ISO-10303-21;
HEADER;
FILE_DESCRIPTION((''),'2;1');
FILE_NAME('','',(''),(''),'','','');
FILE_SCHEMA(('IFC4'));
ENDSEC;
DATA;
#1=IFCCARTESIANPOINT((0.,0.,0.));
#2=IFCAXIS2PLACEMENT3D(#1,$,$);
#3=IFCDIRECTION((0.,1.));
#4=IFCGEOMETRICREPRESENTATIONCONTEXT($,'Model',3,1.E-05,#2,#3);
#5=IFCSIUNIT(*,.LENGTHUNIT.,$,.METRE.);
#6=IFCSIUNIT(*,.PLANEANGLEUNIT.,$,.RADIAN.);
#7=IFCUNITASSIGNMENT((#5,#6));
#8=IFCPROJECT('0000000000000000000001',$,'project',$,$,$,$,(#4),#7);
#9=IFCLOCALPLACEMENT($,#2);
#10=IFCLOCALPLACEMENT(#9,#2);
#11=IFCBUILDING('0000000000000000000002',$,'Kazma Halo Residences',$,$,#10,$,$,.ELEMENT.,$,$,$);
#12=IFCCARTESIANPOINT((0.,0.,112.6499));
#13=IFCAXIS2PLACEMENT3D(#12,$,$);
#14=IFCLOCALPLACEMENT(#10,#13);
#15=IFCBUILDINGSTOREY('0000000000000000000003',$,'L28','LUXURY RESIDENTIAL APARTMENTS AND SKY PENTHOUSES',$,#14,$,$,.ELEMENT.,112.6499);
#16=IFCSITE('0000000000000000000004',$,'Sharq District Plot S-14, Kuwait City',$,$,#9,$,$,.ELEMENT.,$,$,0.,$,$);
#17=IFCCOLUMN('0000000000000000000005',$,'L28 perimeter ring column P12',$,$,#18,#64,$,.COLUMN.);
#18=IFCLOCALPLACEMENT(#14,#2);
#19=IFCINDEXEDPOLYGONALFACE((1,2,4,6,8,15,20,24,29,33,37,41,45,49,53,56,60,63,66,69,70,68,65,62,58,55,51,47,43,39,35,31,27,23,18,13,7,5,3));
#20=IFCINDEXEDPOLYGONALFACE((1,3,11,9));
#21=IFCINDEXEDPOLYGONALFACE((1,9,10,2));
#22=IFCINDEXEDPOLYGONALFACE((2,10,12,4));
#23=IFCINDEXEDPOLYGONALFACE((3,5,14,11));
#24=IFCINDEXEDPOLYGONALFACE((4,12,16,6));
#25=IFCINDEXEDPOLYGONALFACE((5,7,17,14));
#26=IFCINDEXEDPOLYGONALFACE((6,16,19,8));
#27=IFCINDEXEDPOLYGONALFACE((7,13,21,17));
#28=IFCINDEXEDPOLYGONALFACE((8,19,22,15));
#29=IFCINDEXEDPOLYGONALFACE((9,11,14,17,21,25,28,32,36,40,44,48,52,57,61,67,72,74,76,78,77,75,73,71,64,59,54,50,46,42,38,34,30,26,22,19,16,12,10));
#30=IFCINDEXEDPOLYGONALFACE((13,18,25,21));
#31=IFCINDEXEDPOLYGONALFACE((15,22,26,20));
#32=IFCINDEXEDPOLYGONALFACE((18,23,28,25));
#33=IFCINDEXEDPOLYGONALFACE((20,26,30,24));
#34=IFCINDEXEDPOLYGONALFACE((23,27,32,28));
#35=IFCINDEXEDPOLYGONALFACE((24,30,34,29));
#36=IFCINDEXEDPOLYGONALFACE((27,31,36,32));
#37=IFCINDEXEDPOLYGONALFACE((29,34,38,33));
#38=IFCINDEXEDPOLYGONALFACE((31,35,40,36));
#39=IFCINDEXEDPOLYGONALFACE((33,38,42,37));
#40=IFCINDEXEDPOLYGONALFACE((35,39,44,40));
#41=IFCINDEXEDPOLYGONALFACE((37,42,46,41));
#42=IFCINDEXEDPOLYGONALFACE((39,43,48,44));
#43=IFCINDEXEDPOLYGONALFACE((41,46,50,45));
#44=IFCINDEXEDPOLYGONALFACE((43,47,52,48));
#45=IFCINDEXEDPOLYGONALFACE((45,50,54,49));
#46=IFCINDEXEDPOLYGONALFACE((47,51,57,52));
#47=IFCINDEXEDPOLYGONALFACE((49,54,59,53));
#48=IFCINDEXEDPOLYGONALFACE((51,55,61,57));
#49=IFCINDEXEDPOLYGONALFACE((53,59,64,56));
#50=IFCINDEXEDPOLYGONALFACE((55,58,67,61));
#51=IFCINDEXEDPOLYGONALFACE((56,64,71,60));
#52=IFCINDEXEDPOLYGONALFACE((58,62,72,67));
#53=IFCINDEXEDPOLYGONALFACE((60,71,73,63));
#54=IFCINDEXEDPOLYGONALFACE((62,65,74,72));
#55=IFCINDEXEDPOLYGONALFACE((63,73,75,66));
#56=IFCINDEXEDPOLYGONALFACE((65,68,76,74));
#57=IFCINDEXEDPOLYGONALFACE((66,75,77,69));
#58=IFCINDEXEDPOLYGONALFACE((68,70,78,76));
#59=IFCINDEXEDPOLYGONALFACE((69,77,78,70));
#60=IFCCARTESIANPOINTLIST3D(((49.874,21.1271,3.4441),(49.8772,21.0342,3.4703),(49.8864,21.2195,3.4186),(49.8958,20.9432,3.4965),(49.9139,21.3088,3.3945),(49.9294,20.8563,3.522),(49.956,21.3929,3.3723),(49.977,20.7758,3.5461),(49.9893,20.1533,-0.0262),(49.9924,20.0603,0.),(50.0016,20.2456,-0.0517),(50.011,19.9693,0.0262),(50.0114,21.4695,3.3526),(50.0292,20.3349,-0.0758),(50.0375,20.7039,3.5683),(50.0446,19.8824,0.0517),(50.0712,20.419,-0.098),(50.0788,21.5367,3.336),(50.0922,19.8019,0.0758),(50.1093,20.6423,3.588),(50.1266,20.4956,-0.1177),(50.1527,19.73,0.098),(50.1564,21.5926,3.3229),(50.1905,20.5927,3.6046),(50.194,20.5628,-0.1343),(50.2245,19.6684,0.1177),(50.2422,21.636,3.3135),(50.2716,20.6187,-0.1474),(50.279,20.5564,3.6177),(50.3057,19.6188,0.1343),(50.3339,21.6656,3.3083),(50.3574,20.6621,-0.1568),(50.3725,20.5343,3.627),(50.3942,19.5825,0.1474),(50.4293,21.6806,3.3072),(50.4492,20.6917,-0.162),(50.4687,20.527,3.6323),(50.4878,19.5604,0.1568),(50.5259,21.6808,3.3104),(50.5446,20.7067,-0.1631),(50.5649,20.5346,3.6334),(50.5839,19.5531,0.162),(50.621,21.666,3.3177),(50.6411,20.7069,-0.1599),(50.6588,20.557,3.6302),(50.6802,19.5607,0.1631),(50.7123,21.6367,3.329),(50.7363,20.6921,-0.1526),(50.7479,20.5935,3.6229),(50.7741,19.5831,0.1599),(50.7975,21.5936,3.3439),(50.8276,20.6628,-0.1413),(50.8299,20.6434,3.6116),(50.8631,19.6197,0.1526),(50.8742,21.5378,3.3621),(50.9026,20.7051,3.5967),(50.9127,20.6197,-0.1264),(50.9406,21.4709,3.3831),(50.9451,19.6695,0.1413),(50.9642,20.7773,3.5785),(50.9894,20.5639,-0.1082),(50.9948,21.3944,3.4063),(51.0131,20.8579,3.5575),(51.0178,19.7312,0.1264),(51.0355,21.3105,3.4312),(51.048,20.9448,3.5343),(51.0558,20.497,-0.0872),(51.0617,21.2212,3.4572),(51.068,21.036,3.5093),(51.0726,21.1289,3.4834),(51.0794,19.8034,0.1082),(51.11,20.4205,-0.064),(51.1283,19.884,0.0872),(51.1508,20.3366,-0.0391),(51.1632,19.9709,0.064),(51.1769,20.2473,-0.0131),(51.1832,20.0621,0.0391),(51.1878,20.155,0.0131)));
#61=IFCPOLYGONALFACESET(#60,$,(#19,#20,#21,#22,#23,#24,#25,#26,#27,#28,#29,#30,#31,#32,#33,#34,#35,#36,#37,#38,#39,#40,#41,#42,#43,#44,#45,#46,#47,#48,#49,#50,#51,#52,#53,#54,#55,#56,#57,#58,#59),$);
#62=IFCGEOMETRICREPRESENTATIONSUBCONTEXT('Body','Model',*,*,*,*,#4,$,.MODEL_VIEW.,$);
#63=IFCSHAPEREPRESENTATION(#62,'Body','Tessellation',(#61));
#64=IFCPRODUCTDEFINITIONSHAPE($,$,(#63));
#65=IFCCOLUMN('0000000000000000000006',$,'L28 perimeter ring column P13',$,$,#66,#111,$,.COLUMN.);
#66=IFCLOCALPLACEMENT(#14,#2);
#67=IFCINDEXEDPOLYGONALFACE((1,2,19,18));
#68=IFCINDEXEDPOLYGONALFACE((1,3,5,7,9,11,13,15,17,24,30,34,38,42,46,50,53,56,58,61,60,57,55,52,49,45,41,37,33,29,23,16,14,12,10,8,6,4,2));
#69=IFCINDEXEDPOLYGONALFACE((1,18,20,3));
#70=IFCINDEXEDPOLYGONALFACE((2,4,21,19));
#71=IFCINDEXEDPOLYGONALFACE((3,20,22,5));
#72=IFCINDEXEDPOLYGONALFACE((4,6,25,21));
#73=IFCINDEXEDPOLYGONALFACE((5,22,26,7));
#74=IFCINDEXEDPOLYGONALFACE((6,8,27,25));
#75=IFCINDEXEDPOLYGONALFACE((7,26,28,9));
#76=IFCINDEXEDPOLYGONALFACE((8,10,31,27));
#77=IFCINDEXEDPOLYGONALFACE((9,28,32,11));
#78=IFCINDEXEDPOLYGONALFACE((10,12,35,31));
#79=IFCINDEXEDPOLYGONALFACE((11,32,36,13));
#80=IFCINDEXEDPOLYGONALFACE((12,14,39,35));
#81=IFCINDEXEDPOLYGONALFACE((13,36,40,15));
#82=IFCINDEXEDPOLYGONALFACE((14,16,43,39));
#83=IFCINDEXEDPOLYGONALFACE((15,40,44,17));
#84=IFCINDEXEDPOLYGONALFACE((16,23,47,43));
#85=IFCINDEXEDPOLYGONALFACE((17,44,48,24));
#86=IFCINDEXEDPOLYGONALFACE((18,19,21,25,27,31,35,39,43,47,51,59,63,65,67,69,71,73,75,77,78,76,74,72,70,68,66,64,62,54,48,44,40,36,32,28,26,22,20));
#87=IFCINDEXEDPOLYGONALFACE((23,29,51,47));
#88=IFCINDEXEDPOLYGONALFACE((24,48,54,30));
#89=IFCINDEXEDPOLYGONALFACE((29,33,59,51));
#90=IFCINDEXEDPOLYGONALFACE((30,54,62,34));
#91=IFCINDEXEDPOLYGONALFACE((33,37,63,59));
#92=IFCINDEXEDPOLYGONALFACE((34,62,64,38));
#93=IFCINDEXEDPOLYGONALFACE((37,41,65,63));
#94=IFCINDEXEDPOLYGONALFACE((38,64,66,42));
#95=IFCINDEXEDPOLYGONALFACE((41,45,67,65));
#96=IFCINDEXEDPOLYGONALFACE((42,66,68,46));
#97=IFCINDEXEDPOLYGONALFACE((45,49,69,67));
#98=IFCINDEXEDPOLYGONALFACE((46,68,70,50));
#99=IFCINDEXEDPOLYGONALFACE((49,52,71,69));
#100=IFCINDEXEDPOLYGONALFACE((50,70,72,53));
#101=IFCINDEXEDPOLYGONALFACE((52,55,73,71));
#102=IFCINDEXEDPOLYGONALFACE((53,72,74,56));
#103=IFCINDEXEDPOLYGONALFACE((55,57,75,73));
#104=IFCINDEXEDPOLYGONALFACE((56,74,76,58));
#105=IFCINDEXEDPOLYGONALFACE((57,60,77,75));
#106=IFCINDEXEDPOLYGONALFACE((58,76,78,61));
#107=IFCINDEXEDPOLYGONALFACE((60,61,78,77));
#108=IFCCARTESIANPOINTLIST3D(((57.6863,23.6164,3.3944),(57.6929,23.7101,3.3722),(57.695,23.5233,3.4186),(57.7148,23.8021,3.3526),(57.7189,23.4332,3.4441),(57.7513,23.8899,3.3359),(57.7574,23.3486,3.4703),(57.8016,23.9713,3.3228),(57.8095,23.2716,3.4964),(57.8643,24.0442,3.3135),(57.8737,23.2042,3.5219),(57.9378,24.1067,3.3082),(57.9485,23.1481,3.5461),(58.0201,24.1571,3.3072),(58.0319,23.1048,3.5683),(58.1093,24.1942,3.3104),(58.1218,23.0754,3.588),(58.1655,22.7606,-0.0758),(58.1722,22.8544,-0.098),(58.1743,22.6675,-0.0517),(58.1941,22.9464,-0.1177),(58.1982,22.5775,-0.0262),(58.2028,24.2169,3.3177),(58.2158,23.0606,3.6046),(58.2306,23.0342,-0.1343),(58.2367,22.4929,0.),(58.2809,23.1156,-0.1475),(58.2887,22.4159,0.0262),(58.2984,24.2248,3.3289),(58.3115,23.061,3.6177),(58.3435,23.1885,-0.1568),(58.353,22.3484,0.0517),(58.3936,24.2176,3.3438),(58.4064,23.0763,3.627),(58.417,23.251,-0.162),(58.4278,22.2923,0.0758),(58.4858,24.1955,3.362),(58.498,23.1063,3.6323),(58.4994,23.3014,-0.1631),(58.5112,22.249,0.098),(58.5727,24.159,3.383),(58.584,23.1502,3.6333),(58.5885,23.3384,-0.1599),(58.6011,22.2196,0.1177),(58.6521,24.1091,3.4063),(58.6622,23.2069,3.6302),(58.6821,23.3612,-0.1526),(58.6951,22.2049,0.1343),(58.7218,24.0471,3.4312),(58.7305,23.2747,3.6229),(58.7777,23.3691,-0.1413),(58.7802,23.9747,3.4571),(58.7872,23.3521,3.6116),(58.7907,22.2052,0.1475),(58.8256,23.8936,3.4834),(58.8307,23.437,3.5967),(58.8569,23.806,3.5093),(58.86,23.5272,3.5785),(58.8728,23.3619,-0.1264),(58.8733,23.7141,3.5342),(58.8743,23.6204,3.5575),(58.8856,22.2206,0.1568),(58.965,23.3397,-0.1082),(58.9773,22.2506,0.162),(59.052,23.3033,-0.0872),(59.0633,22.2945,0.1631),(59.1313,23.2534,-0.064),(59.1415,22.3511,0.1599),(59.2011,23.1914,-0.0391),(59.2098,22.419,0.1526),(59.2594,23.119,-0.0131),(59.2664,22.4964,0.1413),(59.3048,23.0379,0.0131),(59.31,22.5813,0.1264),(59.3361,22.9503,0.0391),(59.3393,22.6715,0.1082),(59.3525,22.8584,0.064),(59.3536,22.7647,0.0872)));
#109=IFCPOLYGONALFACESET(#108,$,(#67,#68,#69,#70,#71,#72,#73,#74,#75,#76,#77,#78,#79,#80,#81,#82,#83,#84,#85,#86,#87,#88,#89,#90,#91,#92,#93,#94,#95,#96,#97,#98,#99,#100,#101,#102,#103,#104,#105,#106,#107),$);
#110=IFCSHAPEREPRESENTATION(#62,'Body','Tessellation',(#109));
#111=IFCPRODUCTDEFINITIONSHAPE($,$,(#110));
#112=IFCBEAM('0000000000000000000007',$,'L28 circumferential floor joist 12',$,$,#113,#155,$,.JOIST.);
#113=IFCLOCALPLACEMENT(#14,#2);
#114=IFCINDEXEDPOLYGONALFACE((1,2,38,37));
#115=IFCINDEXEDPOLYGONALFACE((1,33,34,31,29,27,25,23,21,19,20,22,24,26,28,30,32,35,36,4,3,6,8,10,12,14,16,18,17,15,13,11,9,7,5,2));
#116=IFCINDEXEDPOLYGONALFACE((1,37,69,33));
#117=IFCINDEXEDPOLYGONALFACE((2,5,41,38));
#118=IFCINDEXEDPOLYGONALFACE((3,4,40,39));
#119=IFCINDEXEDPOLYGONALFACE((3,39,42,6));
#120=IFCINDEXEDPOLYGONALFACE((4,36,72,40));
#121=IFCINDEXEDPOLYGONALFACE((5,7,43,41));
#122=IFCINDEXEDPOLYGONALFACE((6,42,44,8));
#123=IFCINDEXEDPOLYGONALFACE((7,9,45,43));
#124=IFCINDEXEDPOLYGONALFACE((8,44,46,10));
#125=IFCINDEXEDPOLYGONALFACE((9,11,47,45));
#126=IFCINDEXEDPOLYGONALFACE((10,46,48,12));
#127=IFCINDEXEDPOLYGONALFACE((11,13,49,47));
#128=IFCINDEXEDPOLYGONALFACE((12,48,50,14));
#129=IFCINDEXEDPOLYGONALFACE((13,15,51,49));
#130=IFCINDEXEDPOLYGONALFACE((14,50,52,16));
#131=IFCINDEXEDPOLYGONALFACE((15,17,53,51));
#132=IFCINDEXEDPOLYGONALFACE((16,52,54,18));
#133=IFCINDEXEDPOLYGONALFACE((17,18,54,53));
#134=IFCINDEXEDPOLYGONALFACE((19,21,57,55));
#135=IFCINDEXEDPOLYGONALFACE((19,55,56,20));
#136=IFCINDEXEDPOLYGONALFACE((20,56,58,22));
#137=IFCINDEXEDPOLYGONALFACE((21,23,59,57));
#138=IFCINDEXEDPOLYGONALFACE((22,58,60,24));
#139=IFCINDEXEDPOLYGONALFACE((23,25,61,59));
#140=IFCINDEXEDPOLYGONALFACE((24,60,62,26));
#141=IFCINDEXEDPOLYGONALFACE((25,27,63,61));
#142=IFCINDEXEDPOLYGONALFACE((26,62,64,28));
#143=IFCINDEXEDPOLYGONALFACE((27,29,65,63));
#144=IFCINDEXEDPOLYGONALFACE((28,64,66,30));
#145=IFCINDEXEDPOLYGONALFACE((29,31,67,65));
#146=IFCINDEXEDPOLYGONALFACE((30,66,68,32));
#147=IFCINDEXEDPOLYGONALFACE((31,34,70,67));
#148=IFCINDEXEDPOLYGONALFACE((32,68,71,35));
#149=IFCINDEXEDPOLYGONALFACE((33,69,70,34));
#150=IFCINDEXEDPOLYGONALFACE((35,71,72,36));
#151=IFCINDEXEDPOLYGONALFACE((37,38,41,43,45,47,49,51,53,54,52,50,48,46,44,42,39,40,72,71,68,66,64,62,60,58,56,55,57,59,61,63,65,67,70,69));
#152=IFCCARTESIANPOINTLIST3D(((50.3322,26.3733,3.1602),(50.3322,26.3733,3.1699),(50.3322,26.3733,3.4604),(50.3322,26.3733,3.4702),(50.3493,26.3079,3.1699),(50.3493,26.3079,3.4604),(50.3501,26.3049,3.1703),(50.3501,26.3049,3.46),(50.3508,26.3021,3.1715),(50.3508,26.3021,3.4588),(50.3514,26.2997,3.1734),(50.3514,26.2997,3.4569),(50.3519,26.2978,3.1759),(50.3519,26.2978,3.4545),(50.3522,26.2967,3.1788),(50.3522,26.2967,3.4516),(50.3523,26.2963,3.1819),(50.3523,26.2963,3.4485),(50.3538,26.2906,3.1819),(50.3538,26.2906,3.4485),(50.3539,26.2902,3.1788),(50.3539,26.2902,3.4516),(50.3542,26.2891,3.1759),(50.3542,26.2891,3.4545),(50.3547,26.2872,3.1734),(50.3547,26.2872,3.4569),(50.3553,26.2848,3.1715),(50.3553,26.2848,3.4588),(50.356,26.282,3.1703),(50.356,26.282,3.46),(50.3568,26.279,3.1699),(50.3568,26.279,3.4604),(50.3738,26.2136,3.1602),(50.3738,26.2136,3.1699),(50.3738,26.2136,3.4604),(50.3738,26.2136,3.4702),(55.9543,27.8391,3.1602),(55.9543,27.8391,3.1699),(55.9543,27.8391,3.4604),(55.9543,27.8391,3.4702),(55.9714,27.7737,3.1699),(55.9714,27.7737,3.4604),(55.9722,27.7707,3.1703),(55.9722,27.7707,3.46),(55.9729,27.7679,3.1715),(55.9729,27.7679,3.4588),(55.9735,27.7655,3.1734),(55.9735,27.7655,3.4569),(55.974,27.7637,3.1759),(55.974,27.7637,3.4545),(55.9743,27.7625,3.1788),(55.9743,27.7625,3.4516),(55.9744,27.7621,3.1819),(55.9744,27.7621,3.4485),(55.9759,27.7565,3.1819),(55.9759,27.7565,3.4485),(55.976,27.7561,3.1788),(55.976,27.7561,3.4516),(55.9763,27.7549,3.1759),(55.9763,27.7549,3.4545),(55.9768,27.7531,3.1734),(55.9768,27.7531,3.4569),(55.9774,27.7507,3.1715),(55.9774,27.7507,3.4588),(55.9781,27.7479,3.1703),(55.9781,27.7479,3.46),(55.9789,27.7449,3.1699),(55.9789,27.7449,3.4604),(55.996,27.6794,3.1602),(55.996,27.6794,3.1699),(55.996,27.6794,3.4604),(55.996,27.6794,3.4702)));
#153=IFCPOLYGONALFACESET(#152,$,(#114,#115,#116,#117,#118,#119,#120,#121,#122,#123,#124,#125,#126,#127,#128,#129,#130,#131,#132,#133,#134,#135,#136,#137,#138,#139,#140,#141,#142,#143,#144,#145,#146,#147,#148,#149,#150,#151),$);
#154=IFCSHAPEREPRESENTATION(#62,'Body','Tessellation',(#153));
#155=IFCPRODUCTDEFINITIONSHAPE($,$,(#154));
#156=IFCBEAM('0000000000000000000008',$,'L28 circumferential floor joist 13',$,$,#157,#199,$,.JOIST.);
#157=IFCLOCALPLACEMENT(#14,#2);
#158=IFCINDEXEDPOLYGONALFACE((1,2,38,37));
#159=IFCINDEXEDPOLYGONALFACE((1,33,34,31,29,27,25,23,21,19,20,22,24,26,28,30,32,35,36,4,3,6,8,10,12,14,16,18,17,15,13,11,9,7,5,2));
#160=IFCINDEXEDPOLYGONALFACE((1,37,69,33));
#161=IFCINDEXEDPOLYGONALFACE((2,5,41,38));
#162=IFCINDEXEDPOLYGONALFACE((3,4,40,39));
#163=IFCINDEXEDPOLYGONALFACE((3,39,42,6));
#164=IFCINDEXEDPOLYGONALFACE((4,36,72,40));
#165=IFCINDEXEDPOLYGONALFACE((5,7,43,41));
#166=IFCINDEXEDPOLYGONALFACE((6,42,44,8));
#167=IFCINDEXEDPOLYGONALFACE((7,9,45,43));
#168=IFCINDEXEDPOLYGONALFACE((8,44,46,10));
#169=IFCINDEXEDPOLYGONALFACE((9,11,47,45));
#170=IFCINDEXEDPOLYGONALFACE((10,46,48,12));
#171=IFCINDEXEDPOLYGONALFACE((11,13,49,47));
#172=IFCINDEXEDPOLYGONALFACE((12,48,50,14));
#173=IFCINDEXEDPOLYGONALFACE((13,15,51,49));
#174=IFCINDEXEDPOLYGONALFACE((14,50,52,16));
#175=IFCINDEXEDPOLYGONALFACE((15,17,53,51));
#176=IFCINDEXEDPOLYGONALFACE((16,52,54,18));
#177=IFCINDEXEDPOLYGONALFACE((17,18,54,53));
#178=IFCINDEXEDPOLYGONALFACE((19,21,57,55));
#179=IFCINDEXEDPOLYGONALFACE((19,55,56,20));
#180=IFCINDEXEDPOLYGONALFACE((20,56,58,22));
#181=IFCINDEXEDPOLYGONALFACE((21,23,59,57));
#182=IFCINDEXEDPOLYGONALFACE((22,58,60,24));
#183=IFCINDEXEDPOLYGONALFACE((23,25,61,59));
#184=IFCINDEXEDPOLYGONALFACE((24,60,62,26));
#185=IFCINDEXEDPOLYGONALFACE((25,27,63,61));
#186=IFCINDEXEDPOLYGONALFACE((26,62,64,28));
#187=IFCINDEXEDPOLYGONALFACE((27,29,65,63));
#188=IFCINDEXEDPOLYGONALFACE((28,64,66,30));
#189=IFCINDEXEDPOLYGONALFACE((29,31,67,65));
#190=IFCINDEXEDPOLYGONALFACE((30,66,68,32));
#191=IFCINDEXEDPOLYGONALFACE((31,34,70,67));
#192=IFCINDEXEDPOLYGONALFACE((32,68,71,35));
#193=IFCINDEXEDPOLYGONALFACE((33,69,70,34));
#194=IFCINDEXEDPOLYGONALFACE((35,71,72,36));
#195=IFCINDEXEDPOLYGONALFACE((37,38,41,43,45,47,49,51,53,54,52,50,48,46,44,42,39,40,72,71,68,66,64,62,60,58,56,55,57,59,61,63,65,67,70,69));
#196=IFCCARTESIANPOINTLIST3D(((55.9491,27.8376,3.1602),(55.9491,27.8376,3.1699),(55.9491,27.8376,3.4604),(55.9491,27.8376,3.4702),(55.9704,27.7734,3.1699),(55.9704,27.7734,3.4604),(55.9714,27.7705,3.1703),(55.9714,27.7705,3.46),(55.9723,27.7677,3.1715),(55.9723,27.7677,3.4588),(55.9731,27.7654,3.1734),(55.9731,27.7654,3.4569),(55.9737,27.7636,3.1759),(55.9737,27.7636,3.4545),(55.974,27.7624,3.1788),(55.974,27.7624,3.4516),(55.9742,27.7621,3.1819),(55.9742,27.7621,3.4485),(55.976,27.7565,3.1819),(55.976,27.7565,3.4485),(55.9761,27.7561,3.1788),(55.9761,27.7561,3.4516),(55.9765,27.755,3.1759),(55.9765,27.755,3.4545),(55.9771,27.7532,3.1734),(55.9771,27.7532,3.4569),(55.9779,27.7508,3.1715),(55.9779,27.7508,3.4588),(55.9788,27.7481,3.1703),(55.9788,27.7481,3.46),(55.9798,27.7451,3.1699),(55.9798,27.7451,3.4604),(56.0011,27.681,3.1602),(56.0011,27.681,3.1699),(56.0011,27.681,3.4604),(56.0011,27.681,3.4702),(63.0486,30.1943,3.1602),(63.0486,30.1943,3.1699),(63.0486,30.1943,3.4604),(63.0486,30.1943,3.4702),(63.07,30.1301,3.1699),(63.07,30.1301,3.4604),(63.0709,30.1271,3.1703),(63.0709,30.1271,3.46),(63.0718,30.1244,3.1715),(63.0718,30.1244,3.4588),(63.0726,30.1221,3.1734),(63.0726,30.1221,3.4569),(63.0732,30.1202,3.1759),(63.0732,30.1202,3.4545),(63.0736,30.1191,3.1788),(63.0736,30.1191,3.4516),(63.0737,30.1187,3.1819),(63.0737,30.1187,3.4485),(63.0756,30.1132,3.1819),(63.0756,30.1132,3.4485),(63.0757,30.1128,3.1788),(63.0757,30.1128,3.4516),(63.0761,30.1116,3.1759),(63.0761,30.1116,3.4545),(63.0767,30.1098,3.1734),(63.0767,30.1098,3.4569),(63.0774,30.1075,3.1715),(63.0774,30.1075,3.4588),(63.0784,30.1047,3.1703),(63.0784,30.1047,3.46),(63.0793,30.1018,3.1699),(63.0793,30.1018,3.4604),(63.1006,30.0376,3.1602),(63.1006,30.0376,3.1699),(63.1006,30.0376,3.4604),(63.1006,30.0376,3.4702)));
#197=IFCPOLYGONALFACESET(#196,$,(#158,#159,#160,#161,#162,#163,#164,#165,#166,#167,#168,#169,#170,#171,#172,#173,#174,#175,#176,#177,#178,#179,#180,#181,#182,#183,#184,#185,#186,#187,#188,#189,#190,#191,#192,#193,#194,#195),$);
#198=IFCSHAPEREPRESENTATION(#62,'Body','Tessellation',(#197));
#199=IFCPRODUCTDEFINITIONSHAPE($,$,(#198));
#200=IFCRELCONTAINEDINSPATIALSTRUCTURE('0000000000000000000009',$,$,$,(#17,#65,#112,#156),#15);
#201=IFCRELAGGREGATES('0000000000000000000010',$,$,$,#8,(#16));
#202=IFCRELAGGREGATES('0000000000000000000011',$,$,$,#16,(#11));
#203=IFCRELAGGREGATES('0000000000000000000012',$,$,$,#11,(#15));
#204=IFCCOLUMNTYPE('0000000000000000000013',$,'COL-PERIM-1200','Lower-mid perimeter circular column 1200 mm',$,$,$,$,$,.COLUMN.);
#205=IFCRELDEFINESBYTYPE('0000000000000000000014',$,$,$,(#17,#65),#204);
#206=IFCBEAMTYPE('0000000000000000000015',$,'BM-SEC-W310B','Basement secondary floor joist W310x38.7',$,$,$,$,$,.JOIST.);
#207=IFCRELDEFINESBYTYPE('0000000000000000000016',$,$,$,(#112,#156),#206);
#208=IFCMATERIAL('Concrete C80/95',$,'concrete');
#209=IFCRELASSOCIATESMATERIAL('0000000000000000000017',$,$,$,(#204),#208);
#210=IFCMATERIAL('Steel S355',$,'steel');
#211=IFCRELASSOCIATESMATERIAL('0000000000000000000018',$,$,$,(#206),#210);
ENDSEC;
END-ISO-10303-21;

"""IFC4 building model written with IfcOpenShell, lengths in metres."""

from ifc_helpers import new_model, si_unit, direction, frame, origin, origin_2d, place, context, subcontext, project, spatial, circle, i_section, extrude, material, material_profile, profile_set, type_object, element, save


model = new_model("IFC4")

# Units and contexts
model_context = context("Model", 3, precision=1e-05, world=origin(), true_north=direction((0.0, 1.0)))
body_context = subcontext(model_context, "Body", "Model", "MODEL_VIEW")
ifc_project = project(units=[si_unit("LENGTHUNIT", "METRE"), si_unit("PLANEANGLEUNIT", "RADIAN")], contexts=[model_context])

# Site, building, storey
site_placement = place(None, origin())
site = spatial("IfcSite", under=ifc_project, at=site_placement, Name="Sharq District Plot S-14, Kuwait City", CompositionType="ELEMENT", RefElevation=0.0)
building_placement = place(site_placement, origin())
building = spatial("IfcBuilding", under=site, at=building_placement, Name="Kazma Halo Residences", CompositionType="ELEMENT")
storey_placement = place(building_placement, frame((0.0, 0.0, 112.6499)))
storey = spatial("IfcBuildingStorey", under=building, at=storey_placement, Name="L28", Description="LUXURY RESIDENTIAL APARTMENTS AND SKY PENTHOUSES", CompositionType="ELEMENT", Elevation=112.6499)

# Columns
ifc_material_1 = material(Name="Concrete C80/95", Category="concrete")
ifc_material_profile_1 = material_profile(ifc_material_1, circle(Radius=0.6001, at=origin_2d()), Name="CIRC1200")
ifc_profile_set_1 = profile_set([ifc_material_profile_1], Name="Concrete C80/95")
column_type = type_object("IfcColumnType", Name="COL-PERIM-1200", Description="Lower-mid perimeter circular column 1200 mm", PredefinedType="COLUMN", material=ifc_profile_set_1)
for number, where, z_axis, x_axis, name in (
    (1, (50.5884, 20.1309, 0.0), (-0.031955, 0.270062, 0.962312), (-0.993072, -0.117506, 0.0), "L28 perimeter ring column P12"),
    (2, (58.7603, 22.7861, 0.0), (-0.132897, 0.237293, 0.962305), (-0.872485, -0.488641, 0.0), "L28 perimeter ring column P13"),
):
    element("IfcColumn", number, at=place(storey_placement, frame(where, z_axis=z_axis, x_axis=x_axis)), inside=storey, type_object=column_type, Name=name, PredefinedType="COLUMN", context=body_context, shape_type="SweptSolid", body=[
        extrude(circle(Radius=0.6001, at=origin_2d()), origin(), (0.0, 0.0, 1.0), 3.6062),
    ])

# Beams
ifc_material_2 = material(Name="Steel S355", Category="steel")
ifc_material_profile_2 = material_profile(ifc_material_2, i_section(OverallWidth=0.165, OverallDepth=0.3101, WebThickness=0.0059, FlangeThickness=0.0098, FilletRadius=0.012, at=origin_2d()), Name="W310x38.7")
ifc_profile_set_2 = profile_set([ifc_material_profile_2], Name="Steel S355")
beam_type_1 = type_object("IfcBeamType", Name="BM-SEC-W310B", Description="Basement secondary floor joist W310x38.7", PredefinedType="JOIST", material=ifc_profile_set_2)
beam_1_placement = place(storey_placement, frame((50.353, 26.2935, 3.3152), z_axis=(0.967651, 0.252292, 0.0), x_axis=(-0.252292, 0.967651, 0.0)))
element("IfcBeam", 3, at=beam_1_placement, inside=storey, type_object=beam_type_1, Name="L28 circumferential floor joist 12", PredefinedType="JOIST", context=body_context, shape_type="SweptSolid", body=[
    extrude(i_section(OverallWidth=0.165, OverallDepth=0.3101, WebThickness=0.0059, FlangeThickness=0.0098, FilletRadius=0.012, at=origin_2d()), origin(), (0.0, 0.0, 1.0), 5.8101),
])
beam_2_placement = place(storey_placement, frame((55.9751, 27.7593, 3.3152), z_axis=(0.949077, 0.315043, 0.0), x_axis=(-0.315043, 0.949077, 0.0)))
element("IfcBeam", 4, at=beam_2_placement, inside=storey, type_object=beam_type_1, Name="L28 circumferential floor joist 13", PredefinedType="JOIST", context=body_context, shape_type="SweptSolid", body=[
    extrude(i_section(OverallWidth=0.165, OverallDepth=0.3101, WebThickness=0.0059, FlangeThickness=0.0098, FilletRadius=0.012, at=origin_2d()), origin(), (0.0, 0.0, 1.0), 7.4805),
])

save(model, "model.ifc")
